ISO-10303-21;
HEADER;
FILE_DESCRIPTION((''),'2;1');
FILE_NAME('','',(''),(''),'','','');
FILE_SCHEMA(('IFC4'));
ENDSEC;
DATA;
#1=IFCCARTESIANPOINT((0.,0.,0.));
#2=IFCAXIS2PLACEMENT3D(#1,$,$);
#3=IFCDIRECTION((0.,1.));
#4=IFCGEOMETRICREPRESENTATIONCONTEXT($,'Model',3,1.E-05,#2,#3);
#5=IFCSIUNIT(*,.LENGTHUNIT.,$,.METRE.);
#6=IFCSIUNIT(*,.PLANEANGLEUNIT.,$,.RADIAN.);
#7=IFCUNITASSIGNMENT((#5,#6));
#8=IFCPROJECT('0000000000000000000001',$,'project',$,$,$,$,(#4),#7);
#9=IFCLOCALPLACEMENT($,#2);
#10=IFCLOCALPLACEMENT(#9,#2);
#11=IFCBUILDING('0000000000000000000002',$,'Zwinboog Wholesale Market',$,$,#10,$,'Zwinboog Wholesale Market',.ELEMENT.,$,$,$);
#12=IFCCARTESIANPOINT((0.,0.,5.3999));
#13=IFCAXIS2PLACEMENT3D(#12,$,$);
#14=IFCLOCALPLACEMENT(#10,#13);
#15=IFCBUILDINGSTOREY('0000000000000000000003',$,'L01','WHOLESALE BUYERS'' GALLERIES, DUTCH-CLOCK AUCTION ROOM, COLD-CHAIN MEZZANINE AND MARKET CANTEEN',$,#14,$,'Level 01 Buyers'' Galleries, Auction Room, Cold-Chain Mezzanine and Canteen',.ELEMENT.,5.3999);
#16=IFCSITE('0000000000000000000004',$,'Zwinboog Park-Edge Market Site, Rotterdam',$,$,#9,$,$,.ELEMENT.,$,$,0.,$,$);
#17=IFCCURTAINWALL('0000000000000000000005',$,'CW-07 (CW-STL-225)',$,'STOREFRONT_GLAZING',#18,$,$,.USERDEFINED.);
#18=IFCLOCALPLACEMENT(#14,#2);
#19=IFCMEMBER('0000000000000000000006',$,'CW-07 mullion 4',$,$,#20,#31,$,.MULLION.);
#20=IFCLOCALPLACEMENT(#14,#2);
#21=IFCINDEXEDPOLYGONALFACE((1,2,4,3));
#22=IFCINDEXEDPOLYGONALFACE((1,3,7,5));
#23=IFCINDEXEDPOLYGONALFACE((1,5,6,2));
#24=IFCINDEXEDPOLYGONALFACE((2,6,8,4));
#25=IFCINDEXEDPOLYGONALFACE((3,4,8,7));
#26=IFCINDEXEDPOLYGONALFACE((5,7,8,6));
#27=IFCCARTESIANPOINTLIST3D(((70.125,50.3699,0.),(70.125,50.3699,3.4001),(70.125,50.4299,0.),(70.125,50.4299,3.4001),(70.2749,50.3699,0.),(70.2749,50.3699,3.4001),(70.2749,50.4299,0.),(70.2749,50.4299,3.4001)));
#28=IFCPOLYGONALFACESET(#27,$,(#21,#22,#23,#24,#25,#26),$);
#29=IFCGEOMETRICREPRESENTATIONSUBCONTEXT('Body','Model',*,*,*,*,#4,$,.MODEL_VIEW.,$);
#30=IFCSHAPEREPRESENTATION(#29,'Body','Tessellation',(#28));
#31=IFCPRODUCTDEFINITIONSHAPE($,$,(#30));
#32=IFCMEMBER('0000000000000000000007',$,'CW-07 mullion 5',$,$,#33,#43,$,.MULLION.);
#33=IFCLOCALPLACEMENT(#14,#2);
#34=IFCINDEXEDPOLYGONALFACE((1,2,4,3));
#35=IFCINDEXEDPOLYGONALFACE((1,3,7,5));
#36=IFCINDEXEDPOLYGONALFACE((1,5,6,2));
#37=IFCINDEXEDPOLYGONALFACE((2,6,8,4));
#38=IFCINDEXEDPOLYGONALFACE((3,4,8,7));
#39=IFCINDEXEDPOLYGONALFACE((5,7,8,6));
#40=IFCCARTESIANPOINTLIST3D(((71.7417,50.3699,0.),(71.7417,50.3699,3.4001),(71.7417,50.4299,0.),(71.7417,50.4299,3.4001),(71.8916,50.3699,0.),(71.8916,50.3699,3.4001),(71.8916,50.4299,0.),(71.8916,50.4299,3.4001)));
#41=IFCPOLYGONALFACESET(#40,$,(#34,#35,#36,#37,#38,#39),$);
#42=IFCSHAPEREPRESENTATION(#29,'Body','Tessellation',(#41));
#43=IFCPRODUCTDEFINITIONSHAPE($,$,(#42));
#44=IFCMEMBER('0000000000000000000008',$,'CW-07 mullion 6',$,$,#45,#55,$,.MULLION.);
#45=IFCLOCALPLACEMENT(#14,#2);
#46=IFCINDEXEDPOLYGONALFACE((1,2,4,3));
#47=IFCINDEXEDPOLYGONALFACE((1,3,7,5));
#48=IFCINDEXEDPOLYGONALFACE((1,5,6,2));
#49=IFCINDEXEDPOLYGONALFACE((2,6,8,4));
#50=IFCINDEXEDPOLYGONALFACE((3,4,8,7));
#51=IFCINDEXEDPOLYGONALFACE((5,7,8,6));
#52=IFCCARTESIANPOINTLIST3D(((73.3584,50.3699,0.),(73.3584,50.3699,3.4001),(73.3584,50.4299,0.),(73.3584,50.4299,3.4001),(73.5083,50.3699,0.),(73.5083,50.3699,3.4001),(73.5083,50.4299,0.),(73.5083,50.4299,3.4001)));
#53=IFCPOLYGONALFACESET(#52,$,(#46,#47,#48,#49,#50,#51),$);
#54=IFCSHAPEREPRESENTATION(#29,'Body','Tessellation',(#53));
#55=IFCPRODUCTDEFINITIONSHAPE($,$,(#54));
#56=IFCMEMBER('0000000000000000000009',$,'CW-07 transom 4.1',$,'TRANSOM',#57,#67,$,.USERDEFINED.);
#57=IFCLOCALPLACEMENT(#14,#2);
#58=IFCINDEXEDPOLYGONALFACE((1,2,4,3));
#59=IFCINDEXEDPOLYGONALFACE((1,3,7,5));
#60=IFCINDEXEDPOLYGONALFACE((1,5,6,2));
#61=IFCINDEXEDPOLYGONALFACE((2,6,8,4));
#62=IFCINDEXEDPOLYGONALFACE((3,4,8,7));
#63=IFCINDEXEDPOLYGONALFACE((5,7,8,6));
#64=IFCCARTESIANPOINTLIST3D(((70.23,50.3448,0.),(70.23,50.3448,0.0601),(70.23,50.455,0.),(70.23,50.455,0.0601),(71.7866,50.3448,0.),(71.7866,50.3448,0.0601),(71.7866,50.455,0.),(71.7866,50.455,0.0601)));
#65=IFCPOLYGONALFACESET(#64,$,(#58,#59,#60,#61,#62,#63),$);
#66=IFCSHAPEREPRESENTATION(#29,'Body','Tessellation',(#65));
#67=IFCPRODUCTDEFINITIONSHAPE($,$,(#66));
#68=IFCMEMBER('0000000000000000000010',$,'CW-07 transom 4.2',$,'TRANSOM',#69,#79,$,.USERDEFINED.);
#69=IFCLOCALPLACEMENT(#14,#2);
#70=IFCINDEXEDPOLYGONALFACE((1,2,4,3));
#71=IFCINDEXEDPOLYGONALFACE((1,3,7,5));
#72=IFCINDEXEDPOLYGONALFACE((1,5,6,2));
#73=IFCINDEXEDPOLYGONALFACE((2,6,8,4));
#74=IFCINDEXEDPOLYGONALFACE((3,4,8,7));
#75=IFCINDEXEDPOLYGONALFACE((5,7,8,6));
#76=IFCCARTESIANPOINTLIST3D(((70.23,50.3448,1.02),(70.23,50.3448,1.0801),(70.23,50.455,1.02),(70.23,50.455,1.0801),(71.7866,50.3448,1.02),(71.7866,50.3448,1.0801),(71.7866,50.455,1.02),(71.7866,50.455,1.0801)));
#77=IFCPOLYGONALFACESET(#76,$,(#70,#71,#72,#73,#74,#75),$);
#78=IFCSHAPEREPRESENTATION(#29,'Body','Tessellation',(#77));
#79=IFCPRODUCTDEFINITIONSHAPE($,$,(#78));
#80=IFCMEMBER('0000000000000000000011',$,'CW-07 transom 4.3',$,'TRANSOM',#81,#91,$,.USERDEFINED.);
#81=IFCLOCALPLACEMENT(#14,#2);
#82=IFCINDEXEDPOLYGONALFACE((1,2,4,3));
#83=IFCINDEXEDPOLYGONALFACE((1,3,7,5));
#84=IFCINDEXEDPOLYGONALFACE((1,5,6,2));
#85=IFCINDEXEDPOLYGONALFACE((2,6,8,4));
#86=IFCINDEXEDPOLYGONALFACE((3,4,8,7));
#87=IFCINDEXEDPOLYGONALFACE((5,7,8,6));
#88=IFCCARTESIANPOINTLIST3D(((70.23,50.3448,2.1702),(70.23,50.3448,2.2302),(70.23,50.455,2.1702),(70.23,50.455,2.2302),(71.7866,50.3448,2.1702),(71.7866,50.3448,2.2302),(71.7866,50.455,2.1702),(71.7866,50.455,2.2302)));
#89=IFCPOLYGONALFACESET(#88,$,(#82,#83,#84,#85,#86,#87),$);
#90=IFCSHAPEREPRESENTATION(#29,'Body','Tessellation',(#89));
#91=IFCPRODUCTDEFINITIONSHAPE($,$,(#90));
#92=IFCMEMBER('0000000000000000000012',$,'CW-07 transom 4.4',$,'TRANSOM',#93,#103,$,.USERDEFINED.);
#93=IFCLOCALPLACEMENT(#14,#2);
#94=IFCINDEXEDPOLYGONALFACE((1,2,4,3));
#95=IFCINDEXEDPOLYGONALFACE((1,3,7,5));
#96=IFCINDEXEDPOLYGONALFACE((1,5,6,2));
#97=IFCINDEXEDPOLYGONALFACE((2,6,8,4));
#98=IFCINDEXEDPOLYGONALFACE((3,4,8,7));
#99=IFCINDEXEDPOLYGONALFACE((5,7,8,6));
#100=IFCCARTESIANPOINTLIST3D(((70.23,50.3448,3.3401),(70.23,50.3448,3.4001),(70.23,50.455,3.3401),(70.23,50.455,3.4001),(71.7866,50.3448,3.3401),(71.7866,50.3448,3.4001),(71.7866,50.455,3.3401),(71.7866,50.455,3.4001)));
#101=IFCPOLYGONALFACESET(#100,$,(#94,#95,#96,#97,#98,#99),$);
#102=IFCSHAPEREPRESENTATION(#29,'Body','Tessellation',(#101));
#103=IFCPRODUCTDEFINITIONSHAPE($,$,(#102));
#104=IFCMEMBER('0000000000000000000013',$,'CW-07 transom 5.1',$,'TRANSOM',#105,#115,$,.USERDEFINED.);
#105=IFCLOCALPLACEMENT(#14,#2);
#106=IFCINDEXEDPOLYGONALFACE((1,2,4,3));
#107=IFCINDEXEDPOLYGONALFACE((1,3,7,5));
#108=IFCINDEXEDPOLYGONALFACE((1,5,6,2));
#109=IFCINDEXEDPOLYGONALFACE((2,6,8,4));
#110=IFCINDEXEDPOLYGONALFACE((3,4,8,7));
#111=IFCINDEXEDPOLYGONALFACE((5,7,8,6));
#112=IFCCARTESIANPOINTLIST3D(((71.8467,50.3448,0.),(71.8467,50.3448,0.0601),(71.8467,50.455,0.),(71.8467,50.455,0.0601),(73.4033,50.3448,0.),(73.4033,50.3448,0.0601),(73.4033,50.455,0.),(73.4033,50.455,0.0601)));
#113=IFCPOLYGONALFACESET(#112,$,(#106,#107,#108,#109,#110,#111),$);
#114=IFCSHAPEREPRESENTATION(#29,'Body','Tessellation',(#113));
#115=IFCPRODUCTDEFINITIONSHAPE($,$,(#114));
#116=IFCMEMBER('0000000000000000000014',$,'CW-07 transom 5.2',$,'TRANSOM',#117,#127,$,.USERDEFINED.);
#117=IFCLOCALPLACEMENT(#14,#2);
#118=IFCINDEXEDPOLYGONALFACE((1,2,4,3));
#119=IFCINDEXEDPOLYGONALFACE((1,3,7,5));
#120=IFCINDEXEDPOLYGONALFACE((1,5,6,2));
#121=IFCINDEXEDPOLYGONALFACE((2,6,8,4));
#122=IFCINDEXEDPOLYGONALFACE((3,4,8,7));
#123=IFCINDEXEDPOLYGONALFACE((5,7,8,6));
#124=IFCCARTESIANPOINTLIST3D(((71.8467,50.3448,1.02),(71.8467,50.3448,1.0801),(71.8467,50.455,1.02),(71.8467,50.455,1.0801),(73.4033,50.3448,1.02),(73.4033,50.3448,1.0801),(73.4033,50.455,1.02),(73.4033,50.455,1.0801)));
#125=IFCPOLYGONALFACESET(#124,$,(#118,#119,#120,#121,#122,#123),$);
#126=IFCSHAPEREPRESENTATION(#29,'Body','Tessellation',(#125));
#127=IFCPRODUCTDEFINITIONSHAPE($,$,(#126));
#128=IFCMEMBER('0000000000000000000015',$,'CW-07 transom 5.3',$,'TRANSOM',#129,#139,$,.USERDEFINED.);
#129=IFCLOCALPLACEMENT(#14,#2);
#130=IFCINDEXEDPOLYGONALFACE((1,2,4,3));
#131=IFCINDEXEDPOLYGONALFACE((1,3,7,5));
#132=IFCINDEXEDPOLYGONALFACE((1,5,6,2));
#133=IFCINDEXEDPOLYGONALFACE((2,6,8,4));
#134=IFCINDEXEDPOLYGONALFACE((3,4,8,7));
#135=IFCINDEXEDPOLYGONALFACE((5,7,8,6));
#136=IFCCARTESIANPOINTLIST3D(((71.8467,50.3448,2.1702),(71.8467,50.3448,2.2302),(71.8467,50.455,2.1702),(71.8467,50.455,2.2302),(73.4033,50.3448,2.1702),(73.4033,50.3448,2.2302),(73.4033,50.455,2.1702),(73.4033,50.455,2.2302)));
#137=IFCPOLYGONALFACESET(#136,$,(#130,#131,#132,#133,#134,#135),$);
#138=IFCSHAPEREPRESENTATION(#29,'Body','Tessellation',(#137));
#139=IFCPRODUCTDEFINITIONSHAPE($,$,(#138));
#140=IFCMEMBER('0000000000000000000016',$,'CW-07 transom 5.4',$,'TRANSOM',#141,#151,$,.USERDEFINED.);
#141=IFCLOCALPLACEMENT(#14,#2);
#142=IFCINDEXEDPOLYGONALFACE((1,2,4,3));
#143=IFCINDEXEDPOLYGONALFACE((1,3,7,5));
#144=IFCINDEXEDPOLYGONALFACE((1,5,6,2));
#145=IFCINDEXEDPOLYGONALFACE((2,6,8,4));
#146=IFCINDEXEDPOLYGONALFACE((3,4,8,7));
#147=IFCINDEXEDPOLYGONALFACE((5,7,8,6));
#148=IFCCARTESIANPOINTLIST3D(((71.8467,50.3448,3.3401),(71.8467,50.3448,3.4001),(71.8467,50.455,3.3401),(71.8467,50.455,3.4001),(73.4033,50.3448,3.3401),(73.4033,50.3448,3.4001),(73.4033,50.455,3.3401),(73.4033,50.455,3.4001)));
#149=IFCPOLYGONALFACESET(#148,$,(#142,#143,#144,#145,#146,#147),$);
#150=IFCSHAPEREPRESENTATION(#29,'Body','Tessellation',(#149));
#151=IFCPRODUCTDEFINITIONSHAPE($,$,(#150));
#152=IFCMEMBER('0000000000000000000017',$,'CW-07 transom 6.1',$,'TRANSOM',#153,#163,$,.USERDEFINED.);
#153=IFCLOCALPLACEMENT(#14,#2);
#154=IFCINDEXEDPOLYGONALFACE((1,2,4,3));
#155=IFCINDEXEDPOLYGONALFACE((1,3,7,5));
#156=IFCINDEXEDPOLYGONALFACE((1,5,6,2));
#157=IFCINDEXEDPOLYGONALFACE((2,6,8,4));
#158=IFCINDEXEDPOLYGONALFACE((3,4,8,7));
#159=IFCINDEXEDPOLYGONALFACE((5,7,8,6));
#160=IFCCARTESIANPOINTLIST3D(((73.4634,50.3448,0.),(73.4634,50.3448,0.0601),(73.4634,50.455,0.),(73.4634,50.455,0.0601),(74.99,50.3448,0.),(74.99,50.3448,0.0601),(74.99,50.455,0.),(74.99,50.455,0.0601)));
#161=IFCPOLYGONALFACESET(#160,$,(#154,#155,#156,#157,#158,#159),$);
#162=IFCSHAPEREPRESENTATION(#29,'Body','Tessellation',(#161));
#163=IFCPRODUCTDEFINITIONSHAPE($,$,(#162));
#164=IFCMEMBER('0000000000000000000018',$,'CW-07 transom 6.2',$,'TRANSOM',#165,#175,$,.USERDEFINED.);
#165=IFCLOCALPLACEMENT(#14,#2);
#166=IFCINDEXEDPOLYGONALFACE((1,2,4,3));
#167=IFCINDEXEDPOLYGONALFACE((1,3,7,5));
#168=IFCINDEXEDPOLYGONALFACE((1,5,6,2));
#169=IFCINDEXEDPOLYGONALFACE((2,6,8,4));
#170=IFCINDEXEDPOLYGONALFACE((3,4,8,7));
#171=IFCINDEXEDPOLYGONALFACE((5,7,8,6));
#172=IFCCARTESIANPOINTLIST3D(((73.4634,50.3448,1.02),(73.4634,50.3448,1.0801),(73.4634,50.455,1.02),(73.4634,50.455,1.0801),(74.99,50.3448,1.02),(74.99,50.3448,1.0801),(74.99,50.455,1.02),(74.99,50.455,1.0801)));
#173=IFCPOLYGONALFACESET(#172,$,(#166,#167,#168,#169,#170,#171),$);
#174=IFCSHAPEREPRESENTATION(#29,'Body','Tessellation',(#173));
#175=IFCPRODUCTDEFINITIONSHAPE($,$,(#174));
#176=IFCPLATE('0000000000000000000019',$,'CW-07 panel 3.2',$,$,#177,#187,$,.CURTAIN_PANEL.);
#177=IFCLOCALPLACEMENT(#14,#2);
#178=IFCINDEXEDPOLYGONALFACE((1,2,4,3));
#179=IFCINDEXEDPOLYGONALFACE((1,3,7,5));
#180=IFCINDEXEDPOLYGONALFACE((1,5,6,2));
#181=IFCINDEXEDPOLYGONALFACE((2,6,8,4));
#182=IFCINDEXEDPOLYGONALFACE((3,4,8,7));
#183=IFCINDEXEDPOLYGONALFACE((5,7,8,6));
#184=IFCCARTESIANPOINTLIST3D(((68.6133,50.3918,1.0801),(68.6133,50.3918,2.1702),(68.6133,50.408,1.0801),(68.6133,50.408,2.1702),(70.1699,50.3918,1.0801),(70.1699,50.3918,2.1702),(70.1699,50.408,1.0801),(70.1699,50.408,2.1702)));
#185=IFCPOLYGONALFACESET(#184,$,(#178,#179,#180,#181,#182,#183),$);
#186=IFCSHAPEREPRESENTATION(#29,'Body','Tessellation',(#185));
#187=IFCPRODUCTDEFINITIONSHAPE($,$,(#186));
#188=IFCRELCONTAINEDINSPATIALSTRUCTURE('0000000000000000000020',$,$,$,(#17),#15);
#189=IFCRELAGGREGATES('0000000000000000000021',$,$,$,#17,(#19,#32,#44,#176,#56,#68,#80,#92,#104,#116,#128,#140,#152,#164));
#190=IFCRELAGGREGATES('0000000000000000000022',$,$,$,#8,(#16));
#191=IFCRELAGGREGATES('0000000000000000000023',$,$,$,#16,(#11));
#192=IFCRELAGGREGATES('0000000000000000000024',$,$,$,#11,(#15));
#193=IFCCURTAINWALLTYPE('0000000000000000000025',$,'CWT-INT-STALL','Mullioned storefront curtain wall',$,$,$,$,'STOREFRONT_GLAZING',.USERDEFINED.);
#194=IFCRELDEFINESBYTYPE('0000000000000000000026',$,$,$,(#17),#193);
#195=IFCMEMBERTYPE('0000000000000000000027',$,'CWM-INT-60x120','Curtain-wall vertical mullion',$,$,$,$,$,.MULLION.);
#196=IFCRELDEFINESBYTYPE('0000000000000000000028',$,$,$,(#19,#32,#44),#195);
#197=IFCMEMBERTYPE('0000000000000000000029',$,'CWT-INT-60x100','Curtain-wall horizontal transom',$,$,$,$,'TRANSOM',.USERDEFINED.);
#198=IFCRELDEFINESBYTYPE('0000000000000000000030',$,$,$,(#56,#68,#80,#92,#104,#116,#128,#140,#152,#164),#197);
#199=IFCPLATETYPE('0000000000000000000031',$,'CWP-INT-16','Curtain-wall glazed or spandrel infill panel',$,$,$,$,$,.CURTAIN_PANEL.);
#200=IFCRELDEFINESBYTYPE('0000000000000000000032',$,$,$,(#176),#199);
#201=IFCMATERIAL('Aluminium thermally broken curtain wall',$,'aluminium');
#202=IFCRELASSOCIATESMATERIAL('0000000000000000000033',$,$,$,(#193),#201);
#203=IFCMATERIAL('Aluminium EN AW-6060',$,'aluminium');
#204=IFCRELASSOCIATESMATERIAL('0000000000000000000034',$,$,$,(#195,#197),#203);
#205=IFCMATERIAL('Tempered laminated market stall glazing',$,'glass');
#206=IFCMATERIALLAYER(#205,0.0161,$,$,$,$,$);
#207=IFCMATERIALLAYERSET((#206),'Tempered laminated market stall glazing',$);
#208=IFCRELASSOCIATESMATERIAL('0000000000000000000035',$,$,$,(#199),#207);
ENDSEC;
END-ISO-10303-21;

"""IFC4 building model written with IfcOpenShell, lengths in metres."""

from ifc_helpers import new_model, si_unit, direction, frame, origin, origin_2d, place, context, subcontext, project, spatial, rectangle, extrude, material, layer, layer_set, material_profile, profile_set, type_object, element, aggregate, save


model = new_model("IFC4")

# Units and contexts
model_context = context("Model", 3, precision=1e-05, world=origin(), true_north=direction((0.0, 1.0)))
body_context = subcontext(model_context, "Body", "Model", "MODEL_VIEW")
ifc_project = project(units=[si_unit("LENGTHUNIT", "METRE"), si_unit("PLANEANGLEUNIT", "RADIAN")], contexts=[model_context])

# Site, building, storey
site_placement = place(None, origin())
site = spatial("IfcSite", under=ifc_project, at=site_placement, Name="Zwinboog Park-Edge Market Site, Rotterdam", CompositionType="ELEMENT", RefElevation=0.0)
building_placement = place(site_placement, origin())
building = spatial("IfcBuilding", under=site, at=building_placement, Name="Zwinboog Wholesale Market", LongName="Zwinboog Wholesale Market", CompositionType="ELEMENT")
storey_placement = place(building_placement, frame((0.0, 0.0, 5.3999)))
storey = spatial("IfcBuildingStorey", under=building, at=storey_placement, Name="L01", Description="WHOLESALE BUYERS' GALLERIES, DUTCH-CLOCK AUCTION ROOM, COLD-CHAIN MEZZANINE AND MARKET CANTEEN", LongName="Level 01 Buyers' Galleries, Auction Room, Cold-Chain Mezzanine and Canteen", CompositionType="ELEMENT", Elevation=5.3999)

# Curtain wall, members, plate
ifc_material_1 = material(Name="Aluminium thermally broken curtain wall", Category="aluminium")
curtain_wall_type = type_object("IfcCurtainWallType", Name="CWT-INT-STALL", Description="Mullioned storefront curtain wall", ElementType="STOREFRONT_GLAZING", PredefinedType="USERDEFINED", material=ifc_material_1)
curtain_wall_placement = place(storey_placement, origin())
curtain_wall = element("IfcCurtainWall", 1, at=curtain_wall_placement, inside=storey, type_object=curtain_wall_type, Name="CW-07 (CW-STL-225)", ObjectType="STOREFRONT_GLAZING", PredefinedType="USERDEFINED")
ifc_material_2 = material(Name="Aluminium EN AW-6060", Category="aluminium")
ifc_material_profile_1 = material_profile(ifc_material_2, rectangle(XDim=0.0601, YDim=0.1499, at=origin_2d()), Name="AL 60x150")
ifc_profile_set_1 = profile_set([ifc_material_profile_1], Name="Aluminium EN AW-6060")
member_type_1 = type_object("IfcMemberType", Name="CWM-INT-60x120", Description="Curtain-wall vertical mullion", PredefinedType="MULLION", material=ifc_profile_set_1)
member_1_placement = place(storey_placement, frame((70.2, 50.3999, 0.0), z_axis=(0.0, 0.0, 1.0), x_axis=(0.0, 1.0, 0.0)))
member_1 = element("IfcMember", 2, at=member_1_placement, type_object=member_type_1, Name="CW-07 mullion 4", PredefinedType="MULLION", context=body_context, shape_type="SweptSolid", body=[
    extrude(rectangle(XDim=0.0601, YDim=0.1499, at=origin_2d()), origin(), (0.0, 0.0, 1.0), 3.4001),
])
member_2_placement = place(storey_placement, frame((71.8167, 50.3999, 0.0), z_axis=(0.0, 0.0, 1.0), x_axis=(0.0, 1.0, 0.0)))
member_2 = element("IfcMember", 3, at=member_2_placement, type_object=member_type_1, Name="CW-07 mullion 5", PredefinedType="MULLION", context=body_context, shape_type="SweptSolid", body=[
    extrude(rectangle(XDim=0.0601, YDim=0.1499, at=origin_2d()), origin(), (0.0, 0.0, 1.0), 3.4001),
])
member_3_placement = place(storey_placement, frame((73.4333, 50.3999, 0.0), z_axis=(0.0, 0.0, 1.0), x_axis=(0.0, 1.0, 0.0)))
member_3 = element("IfcMember", 4, at=member_3_placement, type_object=member_type_1, Name="CW-07 mullion 6", PredefinedType="MULLION", context=body_context, shape_type="SweptSolid", body=[
    extrude(rectangle(XDim=0.0601, YDim=0.1499, at=origin_2d()), origin(), (0.0, 0.0, 1.0), 3.4001),
])
ifc_material_profile_2 = material_profile(ifc_material_2, rectangle(XDim=0.1101, YDim=0.0601, at=origin_2d()), Name="AL 60x110")
ifc_profile_set_2 = profile_set([ifc_material_profile_2], Name="Aluminium EN AW-6060")
member_type_2 = type_object("IfcMemberType", Name="CWT-INT-60x100", Description="Curtain-wall horizontal transom", ElementType="TRANSOM", PredefinedType="USERDEFINED", material=ifc_profile_set_2)
member_4_placement = place(storey_placement, frame((70.23, 50.3999, 0.03), z_axis=(1.0, 0.0, 0.0), x_axis=(0.0, 1.0, 0.0)))
member_4 = element("IfcMember", 5, at=member_4_placement, type_object=member_type_2, Name="CW-07 transom 4.1", ObjectType="TRANSOM", PredefinedType="USERDEFINED", context=body_context, shape_type="SweptSolid", body=[
    extrude(rectangle(XDim=0.1101, YDim=0.0601, at=origin_2d()), origin(), (0.0, 0.0, 1.0), 1.5566),
])
member_5_placement = place(storey_placement, frame((70.23, 50.3999, 1.05), z_axis=(1.0, 0.0, 0.0), x_axis=(0.0, 1.0, 0.0)))
member_5 = element("IfcMember", 6, at=member_5_placement, type_object=member_type_2, Name="CW-07 transom 4.2", ObjectType="TRANSOM", PredefinedType="USERDEFINED", context=body_context, shape_type="SweptSolid", body=[
    extrude(rectangle(XDim=0.1101, YDim=0.0601, at=origin_2d()), origin(), (0.0, 0.0, 1.0), 1.5566),
])
member_6_placement = place(storey_placement, frame((70.23, 50.3999, 2.2002), z_axis=(1.0, 0.0, 0.0), x_axis=(0.0, 1.0, 0.0)))
member_6 = element("IfcMember", 7, at=member_6_placement, type_object=member_type_2, Name="CW-07 transom 4.3", ObjectType="TRANSOM", PredefinedType="USERDEFINED", context=body_context, shape_type="SweptSolid", body=[
    extrude(rectangle(XDim=0.1101, YDim=0.0601, at=origin_2d()), origin(), (0.0, 0.0, 1.0), 1.5566),
])
member_7_placement = place(storey_placement, frame((70.23, 50.3999, 3.3701), z_axis=(1.0, 0.0, 0.0), x_axis=(0.0, 1.0, 0.0)))
member_7 = element("IfcMember", 8, at=member_7_placement, type_object=member_type_2, Name="CW-07 transom 4.4", ObjectType="TRANSOM", PredefinedType="USERDEFINED", context=body_context, shape_type="SweptSolid", body=[
    extrude(rectangle(XDim=0.1101, YDim=0.0601, at=origin_2d()), origin(), (0.0, 0.0, 1.0), 1.5566),
])
member_8_placement = place(storey_placement, frame((71.8467, 50.3999, 0.03), z_axis=(1.0, 0.0, 0.0), x_axis=(0.0, 1.0, 0.0)))
member_8 = element("IfcMember", 9, at=member_8_placement, type_object=member_type_2, Name="CW-07 transom 5.1", ObjectType="TRANSOM", PredefinedType="USERDEFINED", context=body_context, shape_type="SweptSolid", body=[
    extrude(rectangle(XDim=0.1101, YDim=0.0601, at=origin_2d()), origin(), (0.0, 0.0, 1.0), 1.5566),
])
member_9_placement = place(storey_placement, frame((71.8467, 50.3999, 1.05), z_axis=(1.0, 0.0, 0.0), x_axis=(0.0, 1.0, 0.0)))
member_9 = element("IfcMember", 10, at=member_9_placement, type_object=member_type_2, Name="CW-07 transom 5.2", ObjectType="TRANSOM", PredefinedType="USERDEFINED", context=body_context, shape_type="SweptSolid", body=[
    extrude(rectangle(XDim=0.1101, YDim=0.0601, at=origin_2d()), origin(), (0.0, 0.0, 1.0), 1.5566),
])
member_10_placement = place(storey_placement, frame((71.8467, 50.3999, 2.2002), z_axis=(1.0, 0.0, 0.0), x_axis=(0.0, 1.0, 0.0)))
member_10 = element("IfcMember", 11, at=member_10_placement, type_object=member_type_2, Name="CW-07 transom 5.3", ObjectType="TRANSOM", PredefinedType="USERDEFINED", context=body_context, shape_type="SweptSolid", body=[
    extrude(rectangle(XDim=0.1101, YDim=0.0601, at=origin_2d()), origin(), (0.0, 0.0, 1.0), 1.5566),
])
member_11_placement = place(storey_placement, frame((71.8467, 50.3999, 3.3701), z_axis=(1.0, 0.0, 0.0), x_axis=(0.0, 1.0, 0.0)))
member_11 = element("IfcMember", 12, at=member_11_placement, type_object=member_type_2, Name="CW-07 transom 5.4", ObjectType="TRANSOM", PredefinedType="USERDEFINED", context=body_context, shape_type="SweptSolid", body=[
    extrude(rectangle(XDim=0.1101, YDim=0.0601, at=origin_2d()), origin(), (0.0, 0.0, 1.0), 1.5566),
])
member_12_placement = place(storey_placement, frame((73.4634, 50.3999, 0.03), z_axis=(1.0, 0.0, 0.0), x_axis=(0.0, 1.0, 0.0)))
member_12 = element("IfcMember", 13, at=member_12_placement, type_object=member_type_2, Name="CW-07 transom 6.1", ObjectType="TRANSOM", PredefinedType="USERDEFINED", context=body_context, shape_type="SweptSolid", body=[
    extrude(rectangle(XDim=0.1101, YDim=0.0601, at=origin_2d()), origin(), (0.0, 0.0, 1.0), 1.5266),
])
member_13_placement = place(storey_placement, frame((73.4634, 50.3999, 1.05), z_axis=(1.0, 0.0, 0.0), x_axis=(0.0, 1.0, 0.0)))
member_13 = element("IfcMember", 14, at=member_13_placement, type_object=member_type_2, Name="CW-07 transom 6.2", ObjectType="TRANSOM", PredefinedType="USERDEFINED", context=body_context, shape_type="SweptSolid", body=[
    extrude(rectangle(XDim=0.1101, YDim=0.0601, at=origin_2d()), origin(), (0.0, 0.0, 1.0), 1.5266),
])
ifc_material_3 = material(Name="Tempered laminated market stall glazing", Category="glass")
ifc_layer = layer(ifc_material_3, 0.0161)
ifc_layer_set = layer_set([ifc_layer], Name="Tempered laminated market stall glazing")
plate_type = type_object("IfcPlateType", Name="CWP-INT-16", Description="Curtain-wall glazed or spandrel infill panel", PredefinedType="CURTAIN_PANEL", material=ifc_layer_set)
plate_1_placement = place(storey_placement, frame((69.3916, 50.3999, 1.0801), z_axis=(0.0, 0.0, 1.0), x_axis=(1.0, 0.0, 0.0)))
plate_1 = element("IfcPlate", 15, at=plate_1_placement, type_object=plate_type, Name="CW-07 panel 3.2", PredefinedType="CURTAIN_PANEL", context=body_context, shape_type="SweptSolid", body=[
    extrude(rectangle(XDim=1.5566, YDim=0.0161, at=origin_2d()), origin(), (0.0, 0.0, 1.0), 1.0901),
])
aggregate(curtain_wall, [member_1, member_2, member_3, plate_1, member_4, member_5, member_6, member_7, member_8, member_9, member_10, member_11, member_12, member_13])

save(model, "model.ifc")
